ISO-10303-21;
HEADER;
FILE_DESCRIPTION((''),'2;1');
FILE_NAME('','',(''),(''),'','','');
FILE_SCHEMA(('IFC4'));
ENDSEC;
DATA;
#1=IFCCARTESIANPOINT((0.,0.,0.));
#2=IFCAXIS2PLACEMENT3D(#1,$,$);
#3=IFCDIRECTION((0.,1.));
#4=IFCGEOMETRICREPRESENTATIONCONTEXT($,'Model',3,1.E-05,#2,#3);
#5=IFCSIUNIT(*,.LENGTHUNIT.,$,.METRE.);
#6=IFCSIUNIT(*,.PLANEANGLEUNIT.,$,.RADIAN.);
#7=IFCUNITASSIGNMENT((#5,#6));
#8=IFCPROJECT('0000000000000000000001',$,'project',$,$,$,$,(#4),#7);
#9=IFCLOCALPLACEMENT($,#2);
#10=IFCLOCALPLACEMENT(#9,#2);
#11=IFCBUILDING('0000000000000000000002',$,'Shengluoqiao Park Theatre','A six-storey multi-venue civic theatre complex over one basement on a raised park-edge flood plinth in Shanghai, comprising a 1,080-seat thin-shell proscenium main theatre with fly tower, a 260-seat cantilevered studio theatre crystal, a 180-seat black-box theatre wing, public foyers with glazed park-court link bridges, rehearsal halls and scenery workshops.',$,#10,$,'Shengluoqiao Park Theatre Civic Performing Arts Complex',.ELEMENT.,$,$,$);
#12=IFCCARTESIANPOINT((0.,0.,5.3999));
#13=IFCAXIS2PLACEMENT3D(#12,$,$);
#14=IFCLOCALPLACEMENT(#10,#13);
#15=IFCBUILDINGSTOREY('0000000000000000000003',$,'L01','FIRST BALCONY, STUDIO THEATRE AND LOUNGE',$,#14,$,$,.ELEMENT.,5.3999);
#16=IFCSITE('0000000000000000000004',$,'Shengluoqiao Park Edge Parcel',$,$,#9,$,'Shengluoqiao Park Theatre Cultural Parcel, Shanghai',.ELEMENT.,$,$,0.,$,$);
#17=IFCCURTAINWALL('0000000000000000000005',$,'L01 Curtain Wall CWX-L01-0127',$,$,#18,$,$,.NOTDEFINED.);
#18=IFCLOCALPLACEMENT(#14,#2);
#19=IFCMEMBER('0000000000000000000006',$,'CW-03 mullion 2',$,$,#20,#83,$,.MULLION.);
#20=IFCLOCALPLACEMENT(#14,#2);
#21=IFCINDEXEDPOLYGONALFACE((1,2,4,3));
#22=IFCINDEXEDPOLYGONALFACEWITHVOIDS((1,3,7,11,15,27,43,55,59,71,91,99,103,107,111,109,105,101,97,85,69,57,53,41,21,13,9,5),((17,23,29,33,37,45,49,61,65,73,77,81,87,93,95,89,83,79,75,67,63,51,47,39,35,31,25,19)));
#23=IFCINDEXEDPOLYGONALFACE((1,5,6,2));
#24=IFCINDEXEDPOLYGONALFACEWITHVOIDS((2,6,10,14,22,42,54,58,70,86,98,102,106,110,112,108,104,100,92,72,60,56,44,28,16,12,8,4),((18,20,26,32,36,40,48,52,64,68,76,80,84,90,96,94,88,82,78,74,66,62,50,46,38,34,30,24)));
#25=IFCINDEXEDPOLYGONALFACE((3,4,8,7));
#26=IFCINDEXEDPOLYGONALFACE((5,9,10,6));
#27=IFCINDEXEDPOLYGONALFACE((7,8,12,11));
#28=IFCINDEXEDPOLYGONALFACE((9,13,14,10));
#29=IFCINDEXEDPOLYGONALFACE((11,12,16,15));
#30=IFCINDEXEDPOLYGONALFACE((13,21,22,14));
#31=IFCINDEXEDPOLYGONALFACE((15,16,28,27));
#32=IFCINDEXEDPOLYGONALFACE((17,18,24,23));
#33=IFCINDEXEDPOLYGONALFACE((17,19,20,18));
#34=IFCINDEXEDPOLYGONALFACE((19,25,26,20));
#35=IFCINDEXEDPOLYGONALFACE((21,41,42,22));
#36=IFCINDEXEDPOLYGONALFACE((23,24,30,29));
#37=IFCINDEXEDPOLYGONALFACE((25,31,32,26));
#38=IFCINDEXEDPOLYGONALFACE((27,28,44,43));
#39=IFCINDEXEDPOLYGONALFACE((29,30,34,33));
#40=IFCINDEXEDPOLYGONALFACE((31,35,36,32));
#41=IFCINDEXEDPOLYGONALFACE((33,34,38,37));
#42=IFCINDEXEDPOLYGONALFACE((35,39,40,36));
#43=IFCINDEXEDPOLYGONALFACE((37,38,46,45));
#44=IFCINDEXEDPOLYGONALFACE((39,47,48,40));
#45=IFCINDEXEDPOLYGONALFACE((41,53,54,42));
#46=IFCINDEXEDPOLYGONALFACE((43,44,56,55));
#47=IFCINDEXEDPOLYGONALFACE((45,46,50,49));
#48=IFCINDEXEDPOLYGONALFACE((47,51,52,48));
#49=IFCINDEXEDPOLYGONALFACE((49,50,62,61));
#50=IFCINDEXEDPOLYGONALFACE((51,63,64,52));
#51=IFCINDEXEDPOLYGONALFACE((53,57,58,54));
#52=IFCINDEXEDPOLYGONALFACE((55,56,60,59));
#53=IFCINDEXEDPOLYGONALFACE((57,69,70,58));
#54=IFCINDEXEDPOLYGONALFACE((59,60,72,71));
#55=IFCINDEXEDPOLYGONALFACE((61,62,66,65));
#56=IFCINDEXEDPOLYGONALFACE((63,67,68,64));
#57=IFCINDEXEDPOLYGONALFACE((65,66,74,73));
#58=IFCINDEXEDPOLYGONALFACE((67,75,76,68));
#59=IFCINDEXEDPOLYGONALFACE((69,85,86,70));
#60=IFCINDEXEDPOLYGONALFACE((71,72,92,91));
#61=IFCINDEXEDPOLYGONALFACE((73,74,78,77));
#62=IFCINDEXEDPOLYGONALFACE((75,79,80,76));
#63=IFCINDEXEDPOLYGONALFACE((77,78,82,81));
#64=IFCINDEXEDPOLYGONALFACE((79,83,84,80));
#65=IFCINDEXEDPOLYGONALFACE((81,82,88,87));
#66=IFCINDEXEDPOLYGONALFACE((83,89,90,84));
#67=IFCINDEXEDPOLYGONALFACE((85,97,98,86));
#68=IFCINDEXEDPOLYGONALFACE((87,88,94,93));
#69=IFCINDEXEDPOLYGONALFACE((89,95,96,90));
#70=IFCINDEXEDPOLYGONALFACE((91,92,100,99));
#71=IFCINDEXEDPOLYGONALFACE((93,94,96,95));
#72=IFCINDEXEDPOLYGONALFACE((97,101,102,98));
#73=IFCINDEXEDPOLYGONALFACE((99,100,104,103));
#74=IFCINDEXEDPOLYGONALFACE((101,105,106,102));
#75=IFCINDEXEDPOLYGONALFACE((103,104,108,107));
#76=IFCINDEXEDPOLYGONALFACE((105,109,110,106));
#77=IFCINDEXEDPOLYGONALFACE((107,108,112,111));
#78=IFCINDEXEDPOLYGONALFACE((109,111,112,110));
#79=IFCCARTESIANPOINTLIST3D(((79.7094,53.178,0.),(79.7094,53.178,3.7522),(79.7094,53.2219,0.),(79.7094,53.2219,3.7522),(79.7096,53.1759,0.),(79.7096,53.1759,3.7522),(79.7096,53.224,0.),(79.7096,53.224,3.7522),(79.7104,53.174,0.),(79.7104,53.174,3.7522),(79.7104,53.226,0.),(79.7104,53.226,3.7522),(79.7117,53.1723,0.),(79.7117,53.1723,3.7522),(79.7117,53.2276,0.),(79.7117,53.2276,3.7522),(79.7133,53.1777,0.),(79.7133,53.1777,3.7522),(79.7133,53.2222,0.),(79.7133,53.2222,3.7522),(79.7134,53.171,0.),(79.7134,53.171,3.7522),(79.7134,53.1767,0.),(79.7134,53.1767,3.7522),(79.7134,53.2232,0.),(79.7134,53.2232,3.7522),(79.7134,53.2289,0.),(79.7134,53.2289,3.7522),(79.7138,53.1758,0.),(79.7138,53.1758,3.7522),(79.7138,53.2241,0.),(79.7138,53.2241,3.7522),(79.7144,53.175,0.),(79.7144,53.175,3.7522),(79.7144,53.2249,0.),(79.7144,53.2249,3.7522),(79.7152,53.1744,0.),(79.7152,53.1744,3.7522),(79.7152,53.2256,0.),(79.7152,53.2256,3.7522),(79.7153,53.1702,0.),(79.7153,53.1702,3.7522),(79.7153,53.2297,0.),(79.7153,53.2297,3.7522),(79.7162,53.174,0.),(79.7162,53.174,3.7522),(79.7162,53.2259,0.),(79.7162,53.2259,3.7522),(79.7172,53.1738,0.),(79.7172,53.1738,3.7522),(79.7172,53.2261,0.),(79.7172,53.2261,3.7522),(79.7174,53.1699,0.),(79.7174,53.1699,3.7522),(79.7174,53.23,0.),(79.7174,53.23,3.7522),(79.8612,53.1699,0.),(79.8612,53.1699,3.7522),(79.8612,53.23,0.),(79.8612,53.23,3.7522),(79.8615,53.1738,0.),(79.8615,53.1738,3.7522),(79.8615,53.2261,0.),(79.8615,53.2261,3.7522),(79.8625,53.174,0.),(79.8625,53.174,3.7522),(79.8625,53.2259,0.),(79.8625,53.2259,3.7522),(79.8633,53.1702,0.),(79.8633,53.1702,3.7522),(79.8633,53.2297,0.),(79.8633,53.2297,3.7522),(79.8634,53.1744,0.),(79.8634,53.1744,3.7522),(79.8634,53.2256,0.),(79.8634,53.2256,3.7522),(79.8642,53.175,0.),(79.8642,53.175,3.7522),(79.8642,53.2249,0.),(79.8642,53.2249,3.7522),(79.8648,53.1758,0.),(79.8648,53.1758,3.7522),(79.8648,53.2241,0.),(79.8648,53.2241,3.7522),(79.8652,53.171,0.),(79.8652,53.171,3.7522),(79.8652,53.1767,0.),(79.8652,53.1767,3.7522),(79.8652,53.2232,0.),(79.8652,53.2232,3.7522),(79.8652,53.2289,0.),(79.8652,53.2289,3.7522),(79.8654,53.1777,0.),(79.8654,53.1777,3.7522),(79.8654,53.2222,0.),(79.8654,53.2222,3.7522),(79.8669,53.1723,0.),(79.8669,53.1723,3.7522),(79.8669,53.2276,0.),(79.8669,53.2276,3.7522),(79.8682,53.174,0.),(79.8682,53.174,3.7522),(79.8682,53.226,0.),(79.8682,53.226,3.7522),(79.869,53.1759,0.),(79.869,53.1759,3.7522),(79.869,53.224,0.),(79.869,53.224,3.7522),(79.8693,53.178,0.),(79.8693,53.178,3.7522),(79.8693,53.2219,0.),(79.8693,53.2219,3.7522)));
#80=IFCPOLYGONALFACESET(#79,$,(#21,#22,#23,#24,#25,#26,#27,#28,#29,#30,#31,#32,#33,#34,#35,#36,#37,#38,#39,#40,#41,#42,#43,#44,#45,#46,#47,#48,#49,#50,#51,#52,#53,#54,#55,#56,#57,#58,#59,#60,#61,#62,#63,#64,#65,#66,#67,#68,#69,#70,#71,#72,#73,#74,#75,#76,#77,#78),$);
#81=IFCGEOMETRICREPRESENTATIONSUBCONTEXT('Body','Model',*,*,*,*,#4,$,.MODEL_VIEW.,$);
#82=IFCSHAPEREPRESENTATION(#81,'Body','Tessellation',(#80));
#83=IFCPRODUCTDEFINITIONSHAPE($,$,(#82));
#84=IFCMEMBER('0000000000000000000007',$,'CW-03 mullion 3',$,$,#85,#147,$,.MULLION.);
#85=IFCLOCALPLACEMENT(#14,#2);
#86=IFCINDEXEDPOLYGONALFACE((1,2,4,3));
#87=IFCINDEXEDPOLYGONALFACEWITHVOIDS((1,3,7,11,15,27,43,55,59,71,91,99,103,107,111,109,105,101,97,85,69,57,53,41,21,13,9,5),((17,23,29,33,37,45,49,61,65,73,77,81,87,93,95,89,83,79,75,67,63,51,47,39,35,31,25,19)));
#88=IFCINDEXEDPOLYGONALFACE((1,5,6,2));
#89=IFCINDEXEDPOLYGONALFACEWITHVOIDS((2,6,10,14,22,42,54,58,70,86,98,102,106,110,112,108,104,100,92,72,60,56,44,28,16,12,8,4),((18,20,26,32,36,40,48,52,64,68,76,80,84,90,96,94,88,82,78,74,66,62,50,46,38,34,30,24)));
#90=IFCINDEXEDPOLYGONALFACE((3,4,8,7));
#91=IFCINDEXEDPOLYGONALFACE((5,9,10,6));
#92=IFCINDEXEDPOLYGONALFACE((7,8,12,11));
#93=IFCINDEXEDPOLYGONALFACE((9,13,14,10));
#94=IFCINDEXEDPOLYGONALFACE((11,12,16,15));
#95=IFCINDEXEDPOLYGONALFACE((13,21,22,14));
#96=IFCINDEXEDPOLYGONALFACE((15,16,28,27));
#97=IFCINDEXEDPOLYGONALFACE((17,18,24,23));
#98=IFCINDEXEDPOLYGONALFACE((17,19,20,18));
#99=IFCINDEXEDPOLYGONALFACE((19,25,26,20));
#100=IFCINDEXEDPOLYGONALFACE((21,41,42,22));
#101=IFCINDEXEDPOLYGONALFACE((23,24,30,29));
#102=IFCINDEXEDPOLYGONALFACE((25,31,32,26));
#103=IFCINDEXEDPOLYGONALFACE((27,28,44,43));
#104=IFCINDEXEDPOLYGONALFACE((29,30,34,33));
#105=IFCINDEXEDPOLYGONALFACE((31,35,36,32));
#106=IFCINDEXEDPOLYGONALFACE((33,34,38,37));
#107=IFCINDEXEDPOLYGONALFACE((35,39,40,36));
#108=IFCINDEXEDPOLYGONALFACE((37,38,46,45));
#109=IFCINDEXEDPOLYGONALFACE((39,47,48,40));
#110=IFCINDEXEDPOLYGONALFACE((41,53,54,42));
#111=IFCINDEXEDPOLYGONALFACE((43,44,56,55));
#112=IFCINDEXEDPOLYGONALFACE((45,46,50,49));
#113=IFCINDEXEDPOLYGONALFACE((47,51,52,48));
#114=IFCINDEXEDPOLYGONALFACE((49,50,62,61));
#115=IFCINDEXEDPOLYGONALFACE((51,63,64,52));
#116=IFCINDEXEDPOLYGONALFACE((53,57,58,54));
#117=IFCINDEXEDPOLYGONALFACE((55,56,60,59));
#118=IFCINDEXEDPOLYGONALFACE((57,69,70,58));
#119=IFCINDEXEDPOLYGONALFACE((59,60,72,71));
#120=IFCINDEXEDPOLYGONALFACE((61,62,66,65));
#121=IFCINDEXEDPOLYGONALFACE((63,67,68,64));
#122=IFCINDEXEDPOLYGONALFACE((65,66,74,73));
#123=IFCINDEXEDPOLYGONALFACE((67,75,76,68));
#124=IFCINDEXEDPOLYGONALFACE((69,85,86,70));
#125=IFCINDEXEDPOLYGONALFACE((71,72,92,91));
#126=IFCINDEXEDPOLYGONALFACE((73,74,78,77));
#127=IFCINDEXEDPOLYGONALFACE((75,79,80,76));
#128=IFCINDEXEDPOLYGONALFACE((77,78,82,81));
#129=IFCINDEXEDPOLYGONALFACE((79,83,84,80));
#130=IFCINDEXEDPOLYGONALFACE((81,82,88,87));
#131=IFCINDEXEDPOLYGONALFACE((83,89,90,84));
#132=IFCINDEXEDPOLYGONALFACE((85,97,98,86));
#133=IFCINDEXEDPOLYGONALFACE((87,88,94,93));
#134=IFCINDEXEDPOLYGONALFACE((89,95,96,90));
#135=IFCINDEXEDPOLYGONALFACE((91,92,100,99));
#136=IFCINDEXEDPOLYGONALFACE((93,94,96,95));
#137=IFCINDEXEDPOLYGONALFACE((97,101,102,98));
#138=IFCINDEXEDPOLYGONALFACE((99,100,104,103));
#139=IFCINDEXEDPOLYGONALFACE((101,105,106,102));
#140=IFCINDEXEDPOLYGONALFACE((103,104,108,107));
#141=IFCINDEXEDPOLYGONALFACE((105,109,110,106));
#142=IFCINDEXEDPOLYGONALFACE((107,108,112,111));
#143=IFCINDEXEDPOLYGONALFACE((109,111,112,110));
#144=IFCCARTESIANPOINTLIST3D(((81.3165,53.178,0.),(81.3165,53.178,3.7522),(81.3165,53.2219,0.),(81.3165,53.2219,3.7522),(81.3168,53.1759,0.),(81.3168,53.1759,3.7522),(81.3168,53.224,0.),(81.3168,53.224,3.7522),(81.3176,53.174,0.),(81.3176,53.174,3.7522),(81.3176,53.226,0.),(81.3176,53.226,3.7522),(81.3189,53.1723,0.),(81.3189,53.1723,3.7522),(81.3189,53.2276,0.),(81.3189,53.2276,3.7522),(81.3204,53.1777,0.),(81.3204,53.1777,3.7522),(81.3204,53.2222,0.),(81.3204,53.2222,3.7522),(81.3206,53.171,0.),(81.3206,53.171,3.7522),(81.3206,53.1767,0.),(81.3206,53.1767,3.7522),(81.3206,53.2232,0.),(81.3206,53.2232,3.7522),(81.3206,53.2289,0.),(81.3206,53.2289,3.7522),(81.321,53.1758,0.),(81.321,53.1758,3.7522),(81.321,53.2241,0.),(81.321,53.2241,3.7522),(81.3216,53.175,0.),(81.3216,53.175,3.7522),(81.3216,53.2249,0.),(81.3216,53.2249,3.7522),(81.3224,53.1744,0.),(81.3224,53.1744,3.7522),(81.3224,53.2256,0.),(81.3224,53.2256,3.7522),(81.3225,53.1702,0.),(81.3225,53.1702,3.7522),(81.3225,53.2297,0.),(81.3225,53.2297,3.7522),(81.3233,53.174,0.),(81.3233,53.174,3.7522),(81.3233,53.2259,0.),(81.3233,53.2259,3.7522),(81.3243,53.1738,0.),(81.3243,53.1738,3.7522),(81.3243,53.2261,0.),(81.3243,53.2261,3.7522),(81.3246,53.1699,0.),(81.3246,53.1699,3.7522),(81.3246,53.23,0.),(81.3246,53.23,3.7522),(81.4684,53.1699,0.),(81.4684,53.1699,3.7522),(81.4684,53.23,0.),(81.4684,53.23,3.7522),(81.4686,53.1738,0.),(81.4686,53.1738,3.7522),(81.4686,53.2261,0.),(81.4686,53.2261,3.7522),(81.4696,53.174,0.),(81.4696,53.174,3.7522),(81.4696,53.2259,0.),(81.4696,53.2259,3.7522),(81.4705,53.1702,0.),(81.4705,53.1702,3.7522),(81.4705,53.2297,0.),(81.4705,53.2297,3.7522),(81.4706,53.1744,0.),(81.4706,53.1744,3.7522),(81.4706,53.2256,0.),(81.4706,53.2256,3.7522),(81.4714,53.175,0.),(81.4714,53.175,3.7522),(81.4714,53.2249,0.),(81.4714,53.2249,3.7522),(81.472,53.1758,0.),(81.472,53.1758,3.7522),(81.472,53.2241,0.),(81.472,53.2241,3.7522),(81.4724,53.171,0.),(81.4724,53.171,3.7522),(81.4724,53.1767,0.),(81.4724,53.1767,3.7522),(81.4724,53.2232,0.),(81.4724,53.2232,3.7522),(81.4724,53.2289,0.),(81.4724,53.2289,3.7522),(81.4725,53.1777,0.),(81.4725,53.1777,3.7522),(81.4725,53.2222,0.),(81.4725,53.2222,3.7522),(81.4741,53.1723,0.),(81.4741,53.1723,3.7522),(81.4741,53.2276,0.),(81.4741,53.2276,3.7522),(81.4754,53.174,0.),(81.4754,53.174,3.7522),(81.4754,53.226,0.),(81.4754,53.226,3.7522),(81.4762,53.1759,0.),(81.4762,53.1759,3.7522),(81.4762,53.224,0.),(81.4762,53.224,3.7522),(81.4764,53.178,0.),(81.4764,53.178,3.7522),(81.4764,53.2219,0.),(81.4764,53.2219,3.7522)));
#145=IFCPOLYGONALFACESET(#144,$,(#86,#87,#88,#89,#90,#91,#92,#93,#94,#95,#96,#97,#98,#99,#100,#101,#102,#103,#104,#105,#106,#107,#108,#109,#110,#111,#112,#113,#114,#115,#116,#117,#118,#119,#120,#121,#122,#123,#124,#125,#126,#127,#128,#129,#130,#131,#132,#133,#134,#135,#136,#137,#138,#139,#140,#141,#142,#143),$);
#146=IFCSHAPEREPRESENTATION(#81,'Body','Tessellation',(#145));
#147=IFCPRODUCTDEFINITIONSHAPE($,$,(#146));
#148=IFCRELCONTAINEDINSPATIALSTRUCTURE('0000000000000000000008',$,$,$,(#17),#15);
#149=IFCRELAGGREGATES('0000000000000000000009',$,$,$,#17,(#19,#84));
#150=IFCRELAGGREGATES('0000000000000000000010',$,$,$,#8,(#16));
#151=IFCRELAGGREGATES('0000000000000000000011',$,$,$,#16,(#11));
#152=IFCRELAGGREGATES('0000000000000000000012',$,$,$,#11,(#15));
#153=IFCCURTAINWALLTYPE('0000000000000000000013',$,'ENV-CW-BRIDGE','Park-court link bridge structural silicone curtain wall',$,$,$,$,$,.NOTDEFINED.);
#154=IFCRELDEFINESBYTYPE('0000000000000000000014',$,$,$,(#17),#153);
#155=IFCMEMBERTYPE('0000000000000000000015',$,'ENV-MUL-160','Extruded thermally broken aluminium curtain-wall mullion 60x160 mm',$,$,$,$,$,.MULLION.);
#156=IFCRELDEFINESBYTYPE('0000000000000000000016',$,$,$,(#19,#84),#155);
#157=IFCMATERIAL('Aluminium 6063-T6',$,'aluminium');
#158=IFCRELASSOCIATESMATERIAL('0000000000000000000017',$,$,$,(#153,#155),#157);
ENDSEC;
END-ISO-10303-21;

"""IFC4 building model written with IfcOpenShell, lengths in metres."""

from ifc_helpers import new_model, si_unit, direction, frame, origin, origin_2d, place, context, subcontext, project, spatial, hollow_rectangle, extrude, material, material_profile, profile_set, type_object, element, aggregate, save


model = new_model("IFC4")

# Units and contexts
model_context = context("Model", 3, precision=1e-05, world=origin(), true_north=direction((0.0, 1.0)))
body_context = subcontext(model_context, "Body", "Model", "MODEL_VIEW")
ifc_project = project(units=[si_unit("LENGTHUNIT", "METRE"), si_unit("PLANEANGLEUNIT", "RADIAN")], contexts=[model_context])

# Site, building, storey
site_placement = place(None, origin())
site = spatial("IfcSite", under=ifc_project, at=site_placement, Name="Shengluoqiao Park Edge Parcel", LongName="Shengluoqiao Park Theatre Cultural Parcel, Shanghai", CompositionType="ELEMENT", RefElevation=0.0)
building_placement = place(site_placement, origin())
building = spatial("IfcBuilding", under=site, at=building_placement, Name="Shengluoqiao Park Theatre", Description="A six-storey multi-venue civic theatre complex over one basement on a raised park-edge flood plinth in Shanghai, comprising a 1,080-seat thin-shell proscenium main theatre with fly tower, a 260-seat cantilevered studio theatre crystal, a 180-seat black-box theatre wing, public foyers with glazed park-court link bridges, rehearsal halls and scenery workshops.", LongName="Shengluoqiao Park Theatre Civic Performing Arts Complex", CompositionType="ELEMENT")
storey_placement = place(building_placement, frame((0.0, 0.0, 5.3999)))
storey = spatial("IfcBuildingStorey", under=building, at=storey_placement, Name="L01", Description="FIRST BALCONY, STUDIO THEATRE AND LOUNGE", CompositionType="ELEMENT", Elevation=5.3999)

# Curtain wall, members
ifc_material_1 = material(Name="Aluminium 6063-T6", Category="aluminium")
curtain_wall_type = type_object("IfcCurtainWallType", Name="ENV-CW-BRIDGE", Description="Park-court link bridge structural silicone curtain wall", PredefinedType="NOTDEFINED", material=ifc_material_1)
curtain_wall_placement = place(storey_placement, origin())
curtain_wall = element("IfcCurtainWall", 1, at=curtain_wall_placement, inside=storey, type_object=curtain_wall_type, Name="L01 Curtain Wall CWX-L01-0127", PredefinedType="NOTDEFINED")
ifc_material_profile_1 = material_profile(ifc_material_1, hollow_rectangle(XDim=0.0601, YDim=0.1599, WallThickness=0.0039, InnerFilletRadius=0.0039, OuterFilletRadius=0.0081, at=origin_2d()), Name="ALU MULLION 160x60x4")
ifc_profile_set_1 = profile_set([ifc_material_profile_1], Name="Aluminium 6063-T6")
member_type_1 = type_object("IfcMemberType", Name="ENV-MUL-160", Description="Extruded thermally broken aluminium curtain-wall mullion 60x160 mm", PredefinedType="MULLION", material=ifc_profile_set_1)
member_1_placement = place(storey_placement, frame((79.7893, 53.2, 0.0), z_axis=(0.0, 0.0, 1.0), x_axis=(0.0, 1.0, 0.0)))
member_1 = element("IfcMember", 2, at=member_1_placement, type_object=member_type_1, Name="CW-03 mullion 2", PredefinedType="MULLION", context=body_context, shape_type="SweptSolid", body=[
    extrude(hollow_rectangle(XDim=0.0601, YDim=0.1599, WallThickness=0.0039, InnerFilletRadius=0.0039, OuterFilletRadius=0.0081, at=origin_2d()), origin(), (0.0, 0.0, 1.0), 3.7522),
])
member_2_placement = place(storey_placement, frame((81.3965, 53.2, 0.0), z_axis=(0.0, 0.0, 1.0), x_axis=(0.0, 1.0, 0.0)))
member_2 = element("IfcMember", 3, at=member_2_placement, type_object=member_type_1, Name="CW-03 mullion 3", PredefinedType="MULLION", context=body_context, shape_type="SweptSolid", body=[
    extrude(hollow_rectangle(XDim=0.0601, YDim=0.1599, WallThickness=0.0039, InnerFilletRadius=0.0039, OuterFilletRadius=0.0081, at=origin_2d()), origin(), (0.0, 0.0, 1.0), 3.7522),
])

aggregate(curtain_wall, [member_1, member_2])

save(model, "model.ifc")
